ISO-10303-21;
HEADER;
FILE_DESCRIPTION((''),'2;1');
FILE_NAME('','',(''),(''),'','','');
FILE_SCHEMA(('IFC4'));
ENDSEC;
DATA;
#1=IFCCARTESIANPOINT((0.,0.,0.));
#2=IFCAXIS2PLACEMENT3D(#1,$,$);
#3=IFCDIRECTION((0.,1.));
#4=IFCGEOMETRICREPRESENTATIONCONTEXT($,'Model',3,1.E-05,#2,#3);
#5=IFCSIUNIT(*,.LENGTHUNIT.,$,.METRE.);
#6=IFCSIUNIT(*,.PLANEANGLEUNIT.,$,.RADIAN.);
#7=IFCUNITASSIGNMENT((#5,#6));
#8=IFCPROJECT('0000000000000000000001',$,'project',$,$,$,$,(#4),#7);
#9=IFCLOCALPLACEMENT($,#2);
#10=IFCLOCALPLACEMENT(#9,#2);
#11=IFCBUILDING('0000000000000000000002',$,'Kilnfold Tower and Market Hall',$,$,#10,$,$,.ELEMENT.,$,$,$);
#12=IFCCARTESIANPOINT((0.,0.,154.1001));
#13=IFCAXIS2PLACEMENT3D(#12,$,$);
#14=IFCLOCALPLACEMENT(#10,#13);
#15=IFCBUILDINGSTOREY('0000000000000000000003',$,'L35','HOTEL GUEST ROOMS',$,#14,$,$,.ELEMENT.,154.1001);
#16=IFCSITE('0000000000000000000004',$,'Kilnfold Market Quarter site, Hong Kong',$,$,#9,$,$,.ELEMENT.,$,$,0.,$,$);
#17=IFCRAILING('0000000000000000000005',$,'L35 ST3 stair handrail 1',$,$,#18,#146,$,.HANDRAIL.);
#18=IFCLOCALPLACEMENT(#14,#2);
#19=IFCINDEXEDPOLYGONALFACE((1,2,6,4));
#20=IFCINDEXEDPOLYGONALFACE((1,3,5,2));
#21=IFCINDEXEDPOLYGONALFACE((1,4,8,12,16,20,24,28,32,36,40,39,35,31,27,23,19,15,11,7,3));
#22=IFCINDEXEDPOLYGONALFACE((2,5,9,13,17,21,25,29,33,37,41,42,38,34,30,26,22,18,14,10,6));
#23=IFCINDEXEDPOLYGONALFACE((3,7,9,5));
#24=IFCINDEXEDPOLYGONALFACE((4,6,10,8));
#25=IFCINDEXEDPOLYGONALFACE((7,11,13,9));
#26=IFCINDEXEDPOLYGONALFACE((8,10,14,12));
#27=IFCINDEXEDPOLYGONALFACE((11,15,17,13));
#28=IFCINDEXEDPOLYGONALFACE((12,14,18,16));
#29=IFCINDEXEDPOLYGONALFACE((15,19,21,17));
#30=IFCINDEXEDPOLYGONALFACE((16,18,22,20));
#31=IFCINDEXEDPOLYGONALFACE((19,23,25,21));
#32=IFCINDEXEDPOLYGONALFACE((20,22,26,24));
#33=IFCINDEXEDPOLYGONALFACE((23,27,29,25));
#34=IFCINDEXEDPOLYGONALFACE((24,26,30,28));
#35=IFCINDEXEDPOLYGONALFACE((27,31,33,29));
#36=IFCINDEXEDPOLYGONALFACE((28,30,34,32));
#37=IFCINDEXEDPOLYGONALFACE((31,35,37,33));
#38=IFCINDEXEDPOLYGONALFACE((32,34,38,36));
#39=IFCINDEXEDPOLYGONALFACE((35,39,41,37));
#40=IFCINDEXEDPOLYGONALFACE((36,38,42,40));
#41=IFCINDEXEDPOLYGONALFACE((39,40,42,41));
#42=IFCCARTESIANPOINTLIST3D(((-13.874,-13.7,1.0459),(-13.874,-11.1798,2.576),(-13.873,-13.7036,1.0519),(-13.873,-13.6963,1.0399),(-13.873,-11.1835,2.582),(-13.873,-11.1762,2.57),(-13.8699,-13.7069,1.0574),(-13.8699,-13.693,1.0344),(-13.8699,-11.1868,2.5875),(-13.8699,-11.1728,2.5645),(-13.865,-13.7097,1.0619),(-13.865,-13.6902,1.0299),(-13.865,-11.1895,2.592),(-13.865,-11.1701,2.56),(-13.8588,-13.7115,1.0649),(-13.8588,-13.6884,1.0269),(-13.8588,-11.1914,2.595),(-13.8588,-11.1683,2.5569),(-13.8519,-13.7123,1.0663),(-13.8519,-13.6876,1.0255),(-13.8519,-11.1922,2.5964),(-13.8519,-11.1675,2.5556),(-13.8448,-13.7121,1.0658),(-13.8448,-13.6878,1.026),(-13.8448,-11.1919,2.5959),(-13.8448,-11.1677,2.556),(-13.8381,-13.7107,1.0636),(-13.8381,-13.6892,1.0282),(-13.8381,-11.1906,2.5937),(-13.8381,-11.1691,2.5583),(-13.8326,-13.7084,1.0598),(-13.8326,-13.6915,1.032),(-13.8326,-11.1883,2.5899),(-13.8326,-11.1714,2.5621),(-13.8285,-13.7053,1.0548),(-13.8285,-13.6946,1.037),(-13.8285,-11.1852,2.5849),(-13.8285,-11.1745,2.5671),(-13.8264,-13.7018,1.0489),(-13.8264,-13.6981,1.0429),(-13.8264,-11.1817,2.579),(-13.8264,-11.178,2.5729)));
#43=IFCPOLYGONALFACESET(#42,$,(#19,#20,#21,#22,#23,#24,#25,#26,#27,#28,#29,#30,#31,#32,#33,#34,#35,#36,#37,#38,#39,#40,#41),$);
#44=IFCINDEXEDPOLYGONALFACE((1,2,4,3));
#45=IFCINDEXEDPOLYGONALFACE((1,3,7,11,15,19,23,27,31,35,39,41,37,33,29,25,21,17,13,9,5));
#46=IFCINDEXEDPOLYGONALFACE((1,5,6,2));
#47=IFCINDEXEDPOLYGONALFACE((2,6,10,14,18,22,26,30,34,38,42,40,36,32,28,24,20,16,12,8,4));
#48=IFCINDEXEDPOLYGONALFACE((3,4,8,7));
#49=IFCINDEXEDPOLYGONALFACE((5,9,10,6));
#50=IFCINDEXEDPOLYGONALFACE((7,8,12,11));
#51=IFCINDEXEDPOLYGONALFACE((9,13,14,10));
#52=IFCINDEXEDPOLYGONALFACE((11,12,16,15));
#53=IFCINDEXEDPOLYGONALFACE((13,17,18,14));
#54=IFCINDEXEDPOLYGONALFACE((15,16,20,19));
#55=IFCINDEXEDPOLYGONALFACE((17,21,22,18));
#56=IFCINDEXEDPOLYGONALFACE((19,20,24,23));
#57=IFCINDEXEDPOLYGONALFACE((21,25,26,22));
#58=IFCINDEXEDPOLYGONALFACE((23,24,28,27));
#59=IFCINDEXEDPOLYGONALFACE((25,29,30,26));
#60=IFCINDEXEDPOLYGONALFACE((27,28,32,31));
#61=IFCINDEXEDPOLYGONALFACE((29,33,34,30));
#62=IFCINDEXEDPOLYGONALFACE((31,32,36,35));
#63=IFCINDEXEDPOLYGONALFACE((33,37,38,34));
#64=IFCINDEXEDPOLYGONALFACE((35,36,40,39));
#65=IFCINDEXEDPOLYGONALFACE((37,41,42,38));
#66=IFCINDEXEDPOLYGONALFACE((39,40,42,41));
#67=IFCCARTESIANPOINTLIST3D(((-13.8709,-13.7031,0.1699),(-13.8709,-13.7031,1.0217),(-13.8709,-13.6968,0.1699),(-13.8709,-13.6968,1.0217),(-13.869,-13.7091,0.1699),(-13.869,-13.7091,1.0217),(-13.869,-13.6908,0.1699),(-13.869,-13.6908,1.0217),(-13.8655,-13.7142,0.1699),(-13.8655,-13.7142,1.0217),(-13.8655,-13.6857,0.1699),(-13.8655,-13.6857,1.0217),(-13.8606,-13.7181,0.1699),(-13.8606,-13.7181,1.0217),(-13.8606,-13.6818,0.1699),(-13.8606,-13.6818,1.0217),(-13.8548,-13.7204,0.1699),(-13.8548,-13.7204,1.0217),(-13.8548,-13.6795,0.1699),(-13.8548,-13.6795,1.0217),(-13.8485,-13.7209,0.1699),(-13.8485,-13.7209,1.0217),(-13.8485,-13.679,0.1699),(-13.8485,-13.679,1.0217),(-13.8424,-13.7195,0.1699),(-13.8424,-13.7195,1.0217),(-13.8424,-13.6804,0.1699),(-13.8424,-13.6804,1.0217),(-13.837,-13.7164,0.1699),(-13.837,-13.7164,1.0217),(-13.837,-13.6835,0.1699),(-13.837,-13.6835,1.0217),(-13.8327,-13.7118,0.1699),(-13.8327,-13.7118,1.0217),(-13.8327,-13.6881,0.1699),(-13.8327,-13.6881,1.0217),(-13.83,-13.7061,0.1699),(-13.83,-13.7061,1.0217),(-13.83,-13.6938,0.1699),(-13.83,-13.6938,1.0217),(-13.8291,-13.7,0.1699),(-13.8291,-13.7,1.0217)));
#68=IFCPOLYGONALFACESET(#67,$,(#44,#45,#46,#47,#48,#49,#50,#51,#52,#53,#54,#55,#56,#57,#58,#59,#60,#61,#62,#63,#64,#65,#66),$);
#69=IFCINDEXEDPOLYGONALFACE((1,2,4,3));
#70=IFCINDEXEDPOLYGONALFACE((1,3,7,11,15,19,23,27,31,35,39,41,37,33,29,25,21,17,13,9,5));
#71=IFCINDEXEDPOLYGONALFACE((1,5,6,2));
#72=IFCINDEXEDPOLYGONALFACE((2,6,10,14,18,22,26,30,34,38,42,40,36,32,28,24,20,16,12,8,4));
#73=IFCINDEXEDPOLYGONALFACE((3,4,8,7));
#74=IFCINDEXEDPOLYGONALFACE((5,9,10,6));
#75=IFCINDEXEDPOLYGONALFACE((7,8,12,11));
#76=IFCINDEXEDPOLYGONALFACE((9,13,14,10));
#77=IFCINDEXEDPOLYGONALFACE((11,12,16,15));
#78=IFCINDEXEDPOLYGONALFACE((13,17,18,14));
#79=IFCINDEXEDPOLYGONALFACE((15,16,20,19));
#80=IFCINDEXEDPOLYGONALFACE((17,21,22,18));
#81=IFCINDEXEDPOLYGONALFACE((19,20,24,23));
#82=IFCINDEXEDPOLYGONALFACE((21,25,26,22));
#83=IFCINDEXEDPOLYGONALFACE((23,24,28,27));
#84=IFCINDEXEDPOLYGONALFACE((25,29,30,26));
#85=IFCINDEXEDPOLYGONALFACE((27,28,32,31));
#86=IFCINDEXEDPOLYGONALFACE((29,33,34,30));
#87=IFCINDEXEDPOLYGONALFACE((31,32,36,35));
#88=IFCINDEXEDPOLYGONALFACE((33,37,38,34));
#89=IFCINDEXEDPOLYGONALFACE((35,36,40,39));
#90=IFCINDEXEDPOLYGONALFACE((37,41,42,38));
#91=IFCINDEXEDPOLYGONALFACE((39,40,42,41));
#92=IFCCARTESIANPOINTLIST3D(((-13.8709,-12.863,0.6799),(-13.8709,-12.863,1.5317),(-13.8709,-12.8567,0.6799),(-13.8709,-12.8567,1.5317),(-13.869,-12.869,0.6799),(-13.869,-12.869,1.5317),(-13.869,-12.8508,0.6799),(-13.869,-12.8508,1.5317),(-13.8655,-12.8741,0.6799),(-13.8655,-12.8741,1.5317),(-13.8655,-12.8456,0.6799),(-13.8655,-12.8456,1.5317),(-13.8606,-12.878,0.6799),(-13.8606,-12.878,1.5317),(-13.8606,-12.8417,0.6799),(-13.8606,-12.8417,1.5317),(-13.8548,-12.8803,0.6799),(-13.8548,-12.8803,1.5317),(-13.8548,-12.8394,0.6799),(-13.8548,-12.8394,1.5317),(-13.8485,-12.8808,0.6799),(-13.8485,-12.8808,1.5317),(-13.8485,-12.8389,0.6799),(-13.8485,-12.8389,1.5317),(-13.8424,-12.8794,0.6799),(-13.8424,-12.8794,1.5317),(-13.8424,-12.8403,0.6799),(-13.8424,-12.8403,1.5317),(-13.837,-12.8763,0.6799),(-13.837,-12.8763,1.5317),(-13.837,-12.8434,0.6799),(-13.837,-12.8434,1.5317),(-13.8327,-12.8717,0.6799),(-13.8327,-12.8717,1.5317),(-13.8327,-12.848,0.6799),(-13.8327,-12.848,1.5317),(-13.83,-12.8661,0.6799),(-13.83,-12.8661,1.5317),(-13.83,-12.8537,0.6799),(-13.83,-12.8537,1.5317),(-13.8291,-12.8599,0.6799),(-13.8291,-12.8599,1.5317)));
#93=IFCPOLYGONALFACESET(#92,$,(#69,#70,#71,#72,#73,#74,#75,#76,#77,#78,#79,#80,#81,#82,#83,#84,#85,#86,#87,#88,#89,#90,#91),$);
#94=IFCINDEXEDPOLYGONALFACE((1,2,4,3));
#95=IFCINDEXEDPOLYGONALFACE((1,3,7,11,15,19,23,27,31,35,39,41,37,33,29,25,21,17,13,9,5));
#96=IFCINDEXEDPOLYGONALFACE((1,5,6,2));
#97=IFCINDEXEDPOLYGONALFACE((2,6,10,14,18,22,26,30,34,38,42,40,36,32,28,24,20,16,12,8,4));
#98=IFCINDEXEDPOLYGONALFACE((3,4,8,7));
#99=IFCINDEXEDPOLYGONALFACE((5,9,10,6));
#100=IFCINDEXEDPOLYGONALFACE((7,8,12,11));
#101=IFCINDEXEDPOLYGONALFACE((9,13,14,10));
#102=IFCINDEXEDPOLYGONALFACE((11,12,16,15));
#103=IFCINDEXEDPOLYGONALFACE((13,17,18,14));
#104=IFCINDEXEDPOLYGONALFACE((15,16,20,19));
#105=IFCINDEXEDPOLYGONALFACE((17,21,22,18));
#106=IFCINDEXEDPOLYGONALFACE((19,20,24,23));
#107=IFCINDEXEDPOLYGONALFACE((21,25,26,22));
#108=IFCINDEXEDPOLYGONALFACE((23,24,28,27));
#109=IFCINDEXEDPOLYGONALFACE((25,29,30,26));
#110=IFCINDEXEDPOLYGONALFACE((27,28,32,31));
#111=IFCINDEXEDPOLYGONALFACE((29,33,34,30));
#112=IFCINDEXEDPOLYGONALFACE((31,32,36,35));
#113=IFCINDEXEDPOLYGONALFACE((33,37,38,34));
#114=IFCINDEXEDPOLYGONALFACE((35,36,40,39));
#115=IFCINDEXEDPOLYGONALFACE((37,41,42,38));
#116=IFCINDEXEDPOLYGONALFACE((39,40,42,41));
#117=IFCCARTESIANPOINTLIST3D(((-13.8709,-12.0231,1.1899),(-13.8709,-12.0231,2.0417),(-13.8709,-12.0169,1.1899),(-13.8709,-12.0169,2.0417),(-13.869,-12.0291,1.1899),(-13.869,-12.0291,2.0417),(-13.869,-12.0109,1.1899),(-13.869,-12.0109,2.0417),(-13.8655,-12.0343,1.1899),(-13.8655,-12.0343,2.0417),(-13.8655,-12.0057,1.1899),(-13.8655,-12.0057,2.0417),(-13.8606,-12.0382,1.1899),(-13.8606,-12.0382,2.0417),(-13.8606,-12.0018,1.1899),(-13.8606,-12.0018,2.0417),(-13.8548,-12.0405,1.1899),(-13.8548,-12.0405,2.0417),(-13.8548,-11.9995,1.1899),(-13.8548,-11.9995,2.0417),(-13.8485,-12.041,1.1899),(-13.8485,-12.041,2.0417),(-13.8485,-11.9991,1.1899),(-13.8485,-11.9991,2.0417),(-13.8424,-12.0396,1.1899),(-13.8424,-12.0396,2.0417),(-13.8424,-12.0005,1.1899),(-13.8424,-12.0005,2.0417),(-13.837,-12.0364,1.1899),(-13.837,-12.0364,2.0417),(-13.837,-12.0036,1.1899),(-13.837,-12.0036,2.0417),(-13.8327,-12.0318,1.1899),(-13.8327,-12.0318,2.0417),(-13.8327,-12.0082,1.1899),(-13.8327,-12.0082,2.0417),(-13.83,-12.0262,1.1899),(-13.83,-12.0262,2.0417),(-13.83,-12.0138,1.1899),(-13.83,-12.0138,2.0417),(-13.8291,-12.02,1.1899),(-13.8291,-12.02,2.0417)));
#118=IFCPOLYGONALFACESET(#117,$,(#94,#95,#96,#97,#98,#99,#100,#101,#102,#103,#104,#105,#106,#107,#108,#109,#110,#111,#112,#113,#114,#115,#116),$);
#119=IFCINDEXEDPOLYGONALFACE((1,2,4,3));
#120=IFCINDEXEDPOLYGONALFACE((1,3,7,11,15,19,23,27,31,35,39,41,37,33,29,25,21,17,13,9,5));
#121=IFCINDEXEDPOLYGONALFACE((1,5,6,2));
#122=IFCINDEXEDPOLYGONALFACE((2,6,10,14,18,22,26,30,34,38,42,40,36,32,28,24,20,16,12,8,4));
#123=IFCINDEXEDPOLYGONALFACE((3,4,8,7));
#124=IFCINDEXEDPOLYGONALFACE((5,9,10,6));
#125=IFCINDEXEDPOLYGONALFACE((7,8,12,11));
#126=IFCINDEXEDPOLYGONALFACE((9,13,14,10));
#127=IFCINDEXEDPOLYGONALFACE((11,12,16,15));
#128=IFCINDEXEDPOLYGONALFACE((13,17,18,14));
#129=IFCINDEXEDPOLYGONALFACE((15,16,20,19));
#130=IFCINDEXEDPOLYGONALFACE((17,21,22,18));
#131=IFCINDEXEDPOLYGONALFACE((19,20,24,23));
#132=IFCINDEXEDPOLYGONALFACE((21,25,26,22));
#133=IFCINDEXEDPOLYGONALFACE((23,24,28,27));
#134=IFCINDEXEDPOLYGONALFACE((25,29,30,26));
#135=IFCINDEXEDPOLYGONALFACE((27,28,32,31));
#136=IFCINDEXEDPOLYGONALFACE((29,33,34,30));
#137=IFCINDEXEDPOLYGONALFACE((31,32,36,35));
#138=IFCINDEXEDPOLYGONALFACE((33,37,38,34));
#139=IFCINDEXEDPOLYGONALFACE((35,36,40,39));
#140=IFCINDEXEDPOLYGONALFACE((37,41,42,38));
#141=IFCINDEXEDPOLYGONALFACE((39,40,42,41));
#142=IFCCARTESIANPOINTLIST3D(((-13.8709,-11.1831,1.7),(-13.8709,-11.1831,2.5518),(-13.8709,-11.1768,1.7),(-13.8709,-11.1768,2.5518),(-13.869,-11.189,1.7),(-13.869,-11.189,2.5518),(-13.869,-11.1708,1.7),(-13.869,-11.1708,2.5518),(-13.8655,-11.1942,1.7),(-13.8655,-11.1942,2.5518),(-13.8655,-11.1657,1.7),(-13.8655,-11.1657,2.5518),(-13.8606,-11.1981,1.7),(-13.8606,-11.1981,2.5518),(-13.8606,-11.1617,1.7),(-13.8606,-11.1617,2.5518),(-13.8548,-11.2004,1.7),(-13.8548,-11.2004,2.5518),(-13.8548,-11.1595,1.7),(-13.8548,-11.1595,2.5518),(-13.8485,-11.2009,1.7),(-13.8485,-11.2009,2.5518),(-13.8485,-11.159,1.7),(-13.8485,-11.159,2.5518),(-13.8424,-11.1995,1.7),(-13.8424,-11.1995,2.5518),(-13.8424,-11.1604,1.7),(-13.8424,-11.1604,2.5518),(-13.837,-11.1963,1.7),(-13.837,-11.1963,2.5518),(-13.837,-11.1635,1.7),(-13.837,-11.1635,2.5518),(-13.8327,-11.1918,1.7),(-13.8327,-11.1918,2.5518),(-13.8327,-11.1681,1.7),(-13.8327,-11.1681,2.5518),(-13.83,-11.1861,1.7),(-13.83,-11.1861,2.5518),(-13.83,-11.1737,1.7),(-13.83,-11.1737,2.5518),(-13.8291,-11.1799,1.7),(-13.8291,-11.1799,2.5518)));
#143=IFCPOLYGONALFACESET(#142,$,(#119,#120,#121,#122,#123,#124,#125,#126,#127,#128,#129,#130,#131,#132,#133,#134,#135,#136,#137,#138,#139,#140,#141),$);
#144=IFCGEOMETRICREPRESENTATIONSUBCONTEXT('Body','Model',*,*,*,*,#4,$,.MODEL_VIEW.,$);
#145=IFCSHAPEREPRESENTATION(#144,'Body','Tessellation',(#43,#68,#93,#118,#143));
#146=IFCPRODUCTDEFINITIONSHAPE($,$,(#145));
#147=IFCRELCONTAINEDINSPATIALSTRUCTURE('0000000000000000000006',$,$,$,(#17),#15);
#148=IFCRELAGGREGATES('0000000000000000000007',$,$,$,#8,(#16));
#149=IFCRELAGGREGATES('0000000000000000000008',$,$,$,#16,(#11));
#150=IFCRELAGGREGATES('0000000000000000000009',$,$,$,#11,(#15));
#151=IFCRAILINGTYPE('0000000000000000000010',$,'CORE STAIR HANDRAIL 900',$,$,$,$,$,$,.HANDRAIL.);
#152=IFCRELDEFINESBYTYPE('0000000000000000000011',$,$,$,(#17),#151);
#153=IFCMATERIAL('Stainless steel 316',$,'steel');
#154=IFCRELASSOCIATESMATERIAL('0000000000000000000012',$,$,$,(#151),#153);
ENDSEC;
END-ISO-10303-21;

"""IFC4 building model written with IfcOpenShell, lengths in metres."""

from ifc_helpers import new_model, si_unit, direction, frame, origin, origin_2d, place, context, subcontext, project, spatial, circle, extrude, material, type_object, element, save


model = new_model("IFC4")

# Units and contexts
model_context = context("Model", 3, precision=1e-05, world=origin(), true_north=direction((0.0, 1.0)))
body_context = subcontext(model_context, "Body", "Model", "MODEL_VIEW")
ifc_project = project(units=[si_unit("LENGTHUNIT", "METRE"), si_unit("PLANEANGLEUNIT", "RADIAN")], contexts=[model_context])

# Site, building, storey
site_placement = place(None, origin())
site = spatial("IfcSite", under=ifc_project, at=site_placement, Name="Kilnfold Market Quarter site, Hong Kong", CompositionType="ELEMENT", RefElevation=0.0)
building_placement = place(site_placement, origin())
building = spatial("IfcBuilding", under=site, at=building_placement, Name="Kilnfold Tower and Market Hall", CompositionType="ELEMENT")
storey_placement = place(building_placement, frame((0.0, 0.0, 154.1001)))
storey = spatial("IfcBuildingStorey", under=building, at=storey_placement, Name="L35", Description="HOTEL GUEST ROOMS", CompositionType="ELEMENT", Elevation=154.1001)

# Railing
ifc_material_1 = material(Name="Stainless steel 316", Category="steel")
railing_type = type_object("IfcRailingType", Name="CORE STAIR HANDRAIL 900", PredefinedType="HANDRAIL", material=ifc_material_1)
railing_placement = place(storey_placement, frame((-13.8501, -13.7, 0.1699)))
element("IfcRailing", 1, at=railing_placement, inside=storey, type_object=railing_type, Name="L35 ST3 stair handrail 1", PredefinedType="HANDRAIL", context=body_context, shape_type="SweptSolid", body=[
    extrude(circle(Radius=0.0239, at=origin_2d()), frame((0.0, 0.0, 0.876), z_axis=(0.0, 0.854785, 0.518982), x_axis=(-1.0, 0.0, 0.0)), (0.0, 0.0, 1.0), 2.9482),
    extrude(circle(Radius=0.021, at=origin_2d()), origin(), (0.0, 0.0, 1.0), 0.8518),
    extrude(circle(Radius=0.021, at=origin_2d()), frame((0.0, 0.8401, 0.51)), (0.0, 0.0, 1.0), 0.8518),
    extrude(circle(Radius=0.021, at=origin_2d()), frame((0.0, 1.6799, 1.02)), (0.0, 0.0, 1.0), 0.8518),
    extrude(circle(Radius=0.021, at=origin_2d()), frame((0.0, 2.52, 1.53)), (0.0, 0.0, 1.0), 0.8518),
])

save(model, "model.ifc")
